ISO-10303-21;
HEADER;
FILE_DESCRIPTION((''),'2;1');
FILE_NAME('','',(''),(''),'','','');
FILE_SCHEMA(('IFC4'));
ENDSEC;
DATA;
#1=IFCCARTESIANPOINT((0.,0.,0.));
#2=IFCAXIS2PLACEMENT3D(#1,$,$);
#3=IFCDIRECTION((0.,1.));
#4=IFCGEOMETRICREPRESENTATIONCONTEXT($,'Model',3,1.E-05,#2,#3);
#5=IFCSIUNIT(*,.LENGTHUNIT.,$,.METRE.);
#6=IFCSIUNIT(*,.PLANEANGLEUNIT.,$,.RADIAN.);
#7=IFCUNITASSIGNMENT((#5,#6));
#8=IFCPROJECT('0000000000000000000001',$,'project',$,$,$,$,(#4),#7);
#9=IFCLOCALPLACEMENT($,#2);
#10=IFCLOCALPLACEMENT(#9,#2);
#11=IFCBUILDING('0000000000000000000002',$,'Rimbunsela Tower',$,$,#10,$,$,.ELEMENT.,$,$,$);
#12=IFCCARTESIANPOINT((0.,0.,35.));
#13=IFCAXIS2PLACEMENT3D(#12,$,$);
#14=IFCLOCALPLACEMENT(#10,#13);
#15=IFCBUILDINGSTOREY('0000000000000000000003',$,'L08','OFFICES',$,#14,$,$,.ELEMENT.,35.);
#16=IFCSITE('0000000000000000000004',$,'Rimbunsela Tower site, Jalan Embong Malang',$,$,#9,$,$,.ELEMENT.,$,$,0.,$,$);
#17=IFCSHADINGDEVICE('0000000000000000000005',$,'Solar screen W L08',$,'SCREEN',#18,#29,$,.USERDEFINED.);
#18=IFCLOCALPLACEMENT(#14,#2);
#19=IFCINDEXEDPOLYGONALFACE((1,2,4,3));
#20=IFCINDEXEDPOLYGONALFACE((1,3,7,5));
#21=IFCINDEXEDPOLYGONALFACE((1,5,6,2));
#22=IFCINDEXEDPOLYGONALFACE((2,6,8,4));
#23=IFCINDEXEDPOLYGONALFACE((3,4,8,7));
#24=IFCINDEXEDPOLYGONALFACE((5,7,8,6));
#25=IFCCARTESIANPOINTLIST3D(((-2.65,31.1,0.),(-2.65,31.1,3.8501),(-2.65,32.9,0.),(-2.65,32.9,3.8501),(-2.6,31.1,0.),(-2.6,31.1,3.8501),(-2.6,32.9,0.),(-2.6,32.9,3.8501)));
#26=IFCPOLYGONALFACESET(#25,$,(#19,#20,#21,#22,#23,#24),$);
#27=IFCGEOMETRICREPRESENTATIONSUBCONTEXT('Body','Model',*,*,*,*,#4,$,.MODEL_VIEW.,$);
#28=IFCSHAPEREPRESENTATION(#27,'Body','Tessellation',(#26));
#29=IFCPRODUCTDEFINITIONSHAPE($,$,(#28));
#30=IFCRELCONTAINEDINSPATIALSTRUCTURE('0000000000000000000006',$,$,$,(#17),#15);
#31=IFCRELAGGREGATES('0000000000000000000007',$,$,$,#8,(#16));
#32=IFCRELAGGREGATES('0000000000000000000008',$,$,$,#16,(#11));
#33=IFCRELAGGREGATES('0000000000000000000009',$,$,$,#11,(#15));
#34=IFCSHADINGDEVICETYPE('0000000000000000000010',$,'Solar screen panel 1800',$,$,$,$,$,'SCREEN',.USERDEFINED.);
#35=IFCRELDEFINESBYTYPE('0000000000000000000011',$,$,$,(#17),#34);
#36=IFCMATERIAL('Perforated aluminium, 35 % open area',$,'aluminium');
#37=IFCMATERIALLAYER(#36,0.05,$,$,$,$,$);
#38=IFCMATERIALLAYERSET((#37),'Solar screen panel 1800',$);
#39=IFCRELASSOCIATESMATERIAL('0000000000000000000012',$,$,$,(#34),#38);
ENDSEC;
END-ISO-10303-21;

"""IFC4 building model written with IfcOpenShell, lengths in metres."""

from ifc_helpers import new_model, si_unit, direction, frame, origin, origin_2d, place, context, subcontext, project, spatial, rectangle, extrude, material, layer, layer_set, type_object, element, save


model = new_model("IFC4")

# Units and contexts
model_context = context("Model", 3, precision=1e-05, world=origin(), true_north=direction((0.0, 1.0)))
body_context = subcontext(model_context, "Body", "Model", "MODEL_VIEW")
ifc_project = project(units=[si_unit("LENGTHUNIT", "METRE"), si_unit("PLANEANGLEUNIT", "RADIAN")], contexts=[model_context])

# Site, building, storey
site_placement = place(None, origin())
site = spatial("IfcSite", under=ifc_project, at=site_placement, Name="Rimbunsela Tower site, Jalan Embong Malang", CompositionType="ELEMENT", RefElevation=0.0)
building_placement = place(site_placement, origin())
building = spatial("IfcBuilding", under=site, at=building_placement, Name="Rimbunsela Tower", CompositionType="ELEMENT")
storey_placement = place(building_placement, frame((0.0, 0.0, 35.0)))
storey = spatial("IfcBuildingStorey", under=building, at=storey_placement, Name="L08", Description="OFFICES", CompositionType="ELEMENT", Elevation=35.0)

# Shading device
ifc_material_1 = material(Name="Perforated aluminium, 35 % open area", Category="aluminium")
ifc_layer_1 = layer(ifc_material_1, 0.05)
ifc_layer_set_1 = layer_set([ifc_layer_1], Name="Solar screen panel 1800")
shading_device_type = type_object("IfcShadingDeviceType", Name="Solar screen panel 1800", ElementType="SCREEN", PredefinedType="USERDEFINED", material=ifc_layer_set_1)
for number, where, z_axis, x_axis, name in (
    (1, (-2.625, 32.0, 0.0), (0.0, 0.0, 1.0), (0.0, 1.0, 0.0), "Solar screen W L08"),
):
    element("IfcShadingDevice", number, at=place(storey_placement, frame(where, z_axis=z_axis, x_axis=x_axis)), inside=storey, type_object=shading_device_type, Name=name, ObjectType="SCREEN", PredefinedType="USERDEFINED", context=body_context, shape_type="SweptSolid", body=[
        extrude(rectangle(XDim=1.8, YDim=0.05, at=origin_2d()), origin(), (0.0, 0.0, 1.0), 3.8501),
    ])

save(model, "model.ifc")
